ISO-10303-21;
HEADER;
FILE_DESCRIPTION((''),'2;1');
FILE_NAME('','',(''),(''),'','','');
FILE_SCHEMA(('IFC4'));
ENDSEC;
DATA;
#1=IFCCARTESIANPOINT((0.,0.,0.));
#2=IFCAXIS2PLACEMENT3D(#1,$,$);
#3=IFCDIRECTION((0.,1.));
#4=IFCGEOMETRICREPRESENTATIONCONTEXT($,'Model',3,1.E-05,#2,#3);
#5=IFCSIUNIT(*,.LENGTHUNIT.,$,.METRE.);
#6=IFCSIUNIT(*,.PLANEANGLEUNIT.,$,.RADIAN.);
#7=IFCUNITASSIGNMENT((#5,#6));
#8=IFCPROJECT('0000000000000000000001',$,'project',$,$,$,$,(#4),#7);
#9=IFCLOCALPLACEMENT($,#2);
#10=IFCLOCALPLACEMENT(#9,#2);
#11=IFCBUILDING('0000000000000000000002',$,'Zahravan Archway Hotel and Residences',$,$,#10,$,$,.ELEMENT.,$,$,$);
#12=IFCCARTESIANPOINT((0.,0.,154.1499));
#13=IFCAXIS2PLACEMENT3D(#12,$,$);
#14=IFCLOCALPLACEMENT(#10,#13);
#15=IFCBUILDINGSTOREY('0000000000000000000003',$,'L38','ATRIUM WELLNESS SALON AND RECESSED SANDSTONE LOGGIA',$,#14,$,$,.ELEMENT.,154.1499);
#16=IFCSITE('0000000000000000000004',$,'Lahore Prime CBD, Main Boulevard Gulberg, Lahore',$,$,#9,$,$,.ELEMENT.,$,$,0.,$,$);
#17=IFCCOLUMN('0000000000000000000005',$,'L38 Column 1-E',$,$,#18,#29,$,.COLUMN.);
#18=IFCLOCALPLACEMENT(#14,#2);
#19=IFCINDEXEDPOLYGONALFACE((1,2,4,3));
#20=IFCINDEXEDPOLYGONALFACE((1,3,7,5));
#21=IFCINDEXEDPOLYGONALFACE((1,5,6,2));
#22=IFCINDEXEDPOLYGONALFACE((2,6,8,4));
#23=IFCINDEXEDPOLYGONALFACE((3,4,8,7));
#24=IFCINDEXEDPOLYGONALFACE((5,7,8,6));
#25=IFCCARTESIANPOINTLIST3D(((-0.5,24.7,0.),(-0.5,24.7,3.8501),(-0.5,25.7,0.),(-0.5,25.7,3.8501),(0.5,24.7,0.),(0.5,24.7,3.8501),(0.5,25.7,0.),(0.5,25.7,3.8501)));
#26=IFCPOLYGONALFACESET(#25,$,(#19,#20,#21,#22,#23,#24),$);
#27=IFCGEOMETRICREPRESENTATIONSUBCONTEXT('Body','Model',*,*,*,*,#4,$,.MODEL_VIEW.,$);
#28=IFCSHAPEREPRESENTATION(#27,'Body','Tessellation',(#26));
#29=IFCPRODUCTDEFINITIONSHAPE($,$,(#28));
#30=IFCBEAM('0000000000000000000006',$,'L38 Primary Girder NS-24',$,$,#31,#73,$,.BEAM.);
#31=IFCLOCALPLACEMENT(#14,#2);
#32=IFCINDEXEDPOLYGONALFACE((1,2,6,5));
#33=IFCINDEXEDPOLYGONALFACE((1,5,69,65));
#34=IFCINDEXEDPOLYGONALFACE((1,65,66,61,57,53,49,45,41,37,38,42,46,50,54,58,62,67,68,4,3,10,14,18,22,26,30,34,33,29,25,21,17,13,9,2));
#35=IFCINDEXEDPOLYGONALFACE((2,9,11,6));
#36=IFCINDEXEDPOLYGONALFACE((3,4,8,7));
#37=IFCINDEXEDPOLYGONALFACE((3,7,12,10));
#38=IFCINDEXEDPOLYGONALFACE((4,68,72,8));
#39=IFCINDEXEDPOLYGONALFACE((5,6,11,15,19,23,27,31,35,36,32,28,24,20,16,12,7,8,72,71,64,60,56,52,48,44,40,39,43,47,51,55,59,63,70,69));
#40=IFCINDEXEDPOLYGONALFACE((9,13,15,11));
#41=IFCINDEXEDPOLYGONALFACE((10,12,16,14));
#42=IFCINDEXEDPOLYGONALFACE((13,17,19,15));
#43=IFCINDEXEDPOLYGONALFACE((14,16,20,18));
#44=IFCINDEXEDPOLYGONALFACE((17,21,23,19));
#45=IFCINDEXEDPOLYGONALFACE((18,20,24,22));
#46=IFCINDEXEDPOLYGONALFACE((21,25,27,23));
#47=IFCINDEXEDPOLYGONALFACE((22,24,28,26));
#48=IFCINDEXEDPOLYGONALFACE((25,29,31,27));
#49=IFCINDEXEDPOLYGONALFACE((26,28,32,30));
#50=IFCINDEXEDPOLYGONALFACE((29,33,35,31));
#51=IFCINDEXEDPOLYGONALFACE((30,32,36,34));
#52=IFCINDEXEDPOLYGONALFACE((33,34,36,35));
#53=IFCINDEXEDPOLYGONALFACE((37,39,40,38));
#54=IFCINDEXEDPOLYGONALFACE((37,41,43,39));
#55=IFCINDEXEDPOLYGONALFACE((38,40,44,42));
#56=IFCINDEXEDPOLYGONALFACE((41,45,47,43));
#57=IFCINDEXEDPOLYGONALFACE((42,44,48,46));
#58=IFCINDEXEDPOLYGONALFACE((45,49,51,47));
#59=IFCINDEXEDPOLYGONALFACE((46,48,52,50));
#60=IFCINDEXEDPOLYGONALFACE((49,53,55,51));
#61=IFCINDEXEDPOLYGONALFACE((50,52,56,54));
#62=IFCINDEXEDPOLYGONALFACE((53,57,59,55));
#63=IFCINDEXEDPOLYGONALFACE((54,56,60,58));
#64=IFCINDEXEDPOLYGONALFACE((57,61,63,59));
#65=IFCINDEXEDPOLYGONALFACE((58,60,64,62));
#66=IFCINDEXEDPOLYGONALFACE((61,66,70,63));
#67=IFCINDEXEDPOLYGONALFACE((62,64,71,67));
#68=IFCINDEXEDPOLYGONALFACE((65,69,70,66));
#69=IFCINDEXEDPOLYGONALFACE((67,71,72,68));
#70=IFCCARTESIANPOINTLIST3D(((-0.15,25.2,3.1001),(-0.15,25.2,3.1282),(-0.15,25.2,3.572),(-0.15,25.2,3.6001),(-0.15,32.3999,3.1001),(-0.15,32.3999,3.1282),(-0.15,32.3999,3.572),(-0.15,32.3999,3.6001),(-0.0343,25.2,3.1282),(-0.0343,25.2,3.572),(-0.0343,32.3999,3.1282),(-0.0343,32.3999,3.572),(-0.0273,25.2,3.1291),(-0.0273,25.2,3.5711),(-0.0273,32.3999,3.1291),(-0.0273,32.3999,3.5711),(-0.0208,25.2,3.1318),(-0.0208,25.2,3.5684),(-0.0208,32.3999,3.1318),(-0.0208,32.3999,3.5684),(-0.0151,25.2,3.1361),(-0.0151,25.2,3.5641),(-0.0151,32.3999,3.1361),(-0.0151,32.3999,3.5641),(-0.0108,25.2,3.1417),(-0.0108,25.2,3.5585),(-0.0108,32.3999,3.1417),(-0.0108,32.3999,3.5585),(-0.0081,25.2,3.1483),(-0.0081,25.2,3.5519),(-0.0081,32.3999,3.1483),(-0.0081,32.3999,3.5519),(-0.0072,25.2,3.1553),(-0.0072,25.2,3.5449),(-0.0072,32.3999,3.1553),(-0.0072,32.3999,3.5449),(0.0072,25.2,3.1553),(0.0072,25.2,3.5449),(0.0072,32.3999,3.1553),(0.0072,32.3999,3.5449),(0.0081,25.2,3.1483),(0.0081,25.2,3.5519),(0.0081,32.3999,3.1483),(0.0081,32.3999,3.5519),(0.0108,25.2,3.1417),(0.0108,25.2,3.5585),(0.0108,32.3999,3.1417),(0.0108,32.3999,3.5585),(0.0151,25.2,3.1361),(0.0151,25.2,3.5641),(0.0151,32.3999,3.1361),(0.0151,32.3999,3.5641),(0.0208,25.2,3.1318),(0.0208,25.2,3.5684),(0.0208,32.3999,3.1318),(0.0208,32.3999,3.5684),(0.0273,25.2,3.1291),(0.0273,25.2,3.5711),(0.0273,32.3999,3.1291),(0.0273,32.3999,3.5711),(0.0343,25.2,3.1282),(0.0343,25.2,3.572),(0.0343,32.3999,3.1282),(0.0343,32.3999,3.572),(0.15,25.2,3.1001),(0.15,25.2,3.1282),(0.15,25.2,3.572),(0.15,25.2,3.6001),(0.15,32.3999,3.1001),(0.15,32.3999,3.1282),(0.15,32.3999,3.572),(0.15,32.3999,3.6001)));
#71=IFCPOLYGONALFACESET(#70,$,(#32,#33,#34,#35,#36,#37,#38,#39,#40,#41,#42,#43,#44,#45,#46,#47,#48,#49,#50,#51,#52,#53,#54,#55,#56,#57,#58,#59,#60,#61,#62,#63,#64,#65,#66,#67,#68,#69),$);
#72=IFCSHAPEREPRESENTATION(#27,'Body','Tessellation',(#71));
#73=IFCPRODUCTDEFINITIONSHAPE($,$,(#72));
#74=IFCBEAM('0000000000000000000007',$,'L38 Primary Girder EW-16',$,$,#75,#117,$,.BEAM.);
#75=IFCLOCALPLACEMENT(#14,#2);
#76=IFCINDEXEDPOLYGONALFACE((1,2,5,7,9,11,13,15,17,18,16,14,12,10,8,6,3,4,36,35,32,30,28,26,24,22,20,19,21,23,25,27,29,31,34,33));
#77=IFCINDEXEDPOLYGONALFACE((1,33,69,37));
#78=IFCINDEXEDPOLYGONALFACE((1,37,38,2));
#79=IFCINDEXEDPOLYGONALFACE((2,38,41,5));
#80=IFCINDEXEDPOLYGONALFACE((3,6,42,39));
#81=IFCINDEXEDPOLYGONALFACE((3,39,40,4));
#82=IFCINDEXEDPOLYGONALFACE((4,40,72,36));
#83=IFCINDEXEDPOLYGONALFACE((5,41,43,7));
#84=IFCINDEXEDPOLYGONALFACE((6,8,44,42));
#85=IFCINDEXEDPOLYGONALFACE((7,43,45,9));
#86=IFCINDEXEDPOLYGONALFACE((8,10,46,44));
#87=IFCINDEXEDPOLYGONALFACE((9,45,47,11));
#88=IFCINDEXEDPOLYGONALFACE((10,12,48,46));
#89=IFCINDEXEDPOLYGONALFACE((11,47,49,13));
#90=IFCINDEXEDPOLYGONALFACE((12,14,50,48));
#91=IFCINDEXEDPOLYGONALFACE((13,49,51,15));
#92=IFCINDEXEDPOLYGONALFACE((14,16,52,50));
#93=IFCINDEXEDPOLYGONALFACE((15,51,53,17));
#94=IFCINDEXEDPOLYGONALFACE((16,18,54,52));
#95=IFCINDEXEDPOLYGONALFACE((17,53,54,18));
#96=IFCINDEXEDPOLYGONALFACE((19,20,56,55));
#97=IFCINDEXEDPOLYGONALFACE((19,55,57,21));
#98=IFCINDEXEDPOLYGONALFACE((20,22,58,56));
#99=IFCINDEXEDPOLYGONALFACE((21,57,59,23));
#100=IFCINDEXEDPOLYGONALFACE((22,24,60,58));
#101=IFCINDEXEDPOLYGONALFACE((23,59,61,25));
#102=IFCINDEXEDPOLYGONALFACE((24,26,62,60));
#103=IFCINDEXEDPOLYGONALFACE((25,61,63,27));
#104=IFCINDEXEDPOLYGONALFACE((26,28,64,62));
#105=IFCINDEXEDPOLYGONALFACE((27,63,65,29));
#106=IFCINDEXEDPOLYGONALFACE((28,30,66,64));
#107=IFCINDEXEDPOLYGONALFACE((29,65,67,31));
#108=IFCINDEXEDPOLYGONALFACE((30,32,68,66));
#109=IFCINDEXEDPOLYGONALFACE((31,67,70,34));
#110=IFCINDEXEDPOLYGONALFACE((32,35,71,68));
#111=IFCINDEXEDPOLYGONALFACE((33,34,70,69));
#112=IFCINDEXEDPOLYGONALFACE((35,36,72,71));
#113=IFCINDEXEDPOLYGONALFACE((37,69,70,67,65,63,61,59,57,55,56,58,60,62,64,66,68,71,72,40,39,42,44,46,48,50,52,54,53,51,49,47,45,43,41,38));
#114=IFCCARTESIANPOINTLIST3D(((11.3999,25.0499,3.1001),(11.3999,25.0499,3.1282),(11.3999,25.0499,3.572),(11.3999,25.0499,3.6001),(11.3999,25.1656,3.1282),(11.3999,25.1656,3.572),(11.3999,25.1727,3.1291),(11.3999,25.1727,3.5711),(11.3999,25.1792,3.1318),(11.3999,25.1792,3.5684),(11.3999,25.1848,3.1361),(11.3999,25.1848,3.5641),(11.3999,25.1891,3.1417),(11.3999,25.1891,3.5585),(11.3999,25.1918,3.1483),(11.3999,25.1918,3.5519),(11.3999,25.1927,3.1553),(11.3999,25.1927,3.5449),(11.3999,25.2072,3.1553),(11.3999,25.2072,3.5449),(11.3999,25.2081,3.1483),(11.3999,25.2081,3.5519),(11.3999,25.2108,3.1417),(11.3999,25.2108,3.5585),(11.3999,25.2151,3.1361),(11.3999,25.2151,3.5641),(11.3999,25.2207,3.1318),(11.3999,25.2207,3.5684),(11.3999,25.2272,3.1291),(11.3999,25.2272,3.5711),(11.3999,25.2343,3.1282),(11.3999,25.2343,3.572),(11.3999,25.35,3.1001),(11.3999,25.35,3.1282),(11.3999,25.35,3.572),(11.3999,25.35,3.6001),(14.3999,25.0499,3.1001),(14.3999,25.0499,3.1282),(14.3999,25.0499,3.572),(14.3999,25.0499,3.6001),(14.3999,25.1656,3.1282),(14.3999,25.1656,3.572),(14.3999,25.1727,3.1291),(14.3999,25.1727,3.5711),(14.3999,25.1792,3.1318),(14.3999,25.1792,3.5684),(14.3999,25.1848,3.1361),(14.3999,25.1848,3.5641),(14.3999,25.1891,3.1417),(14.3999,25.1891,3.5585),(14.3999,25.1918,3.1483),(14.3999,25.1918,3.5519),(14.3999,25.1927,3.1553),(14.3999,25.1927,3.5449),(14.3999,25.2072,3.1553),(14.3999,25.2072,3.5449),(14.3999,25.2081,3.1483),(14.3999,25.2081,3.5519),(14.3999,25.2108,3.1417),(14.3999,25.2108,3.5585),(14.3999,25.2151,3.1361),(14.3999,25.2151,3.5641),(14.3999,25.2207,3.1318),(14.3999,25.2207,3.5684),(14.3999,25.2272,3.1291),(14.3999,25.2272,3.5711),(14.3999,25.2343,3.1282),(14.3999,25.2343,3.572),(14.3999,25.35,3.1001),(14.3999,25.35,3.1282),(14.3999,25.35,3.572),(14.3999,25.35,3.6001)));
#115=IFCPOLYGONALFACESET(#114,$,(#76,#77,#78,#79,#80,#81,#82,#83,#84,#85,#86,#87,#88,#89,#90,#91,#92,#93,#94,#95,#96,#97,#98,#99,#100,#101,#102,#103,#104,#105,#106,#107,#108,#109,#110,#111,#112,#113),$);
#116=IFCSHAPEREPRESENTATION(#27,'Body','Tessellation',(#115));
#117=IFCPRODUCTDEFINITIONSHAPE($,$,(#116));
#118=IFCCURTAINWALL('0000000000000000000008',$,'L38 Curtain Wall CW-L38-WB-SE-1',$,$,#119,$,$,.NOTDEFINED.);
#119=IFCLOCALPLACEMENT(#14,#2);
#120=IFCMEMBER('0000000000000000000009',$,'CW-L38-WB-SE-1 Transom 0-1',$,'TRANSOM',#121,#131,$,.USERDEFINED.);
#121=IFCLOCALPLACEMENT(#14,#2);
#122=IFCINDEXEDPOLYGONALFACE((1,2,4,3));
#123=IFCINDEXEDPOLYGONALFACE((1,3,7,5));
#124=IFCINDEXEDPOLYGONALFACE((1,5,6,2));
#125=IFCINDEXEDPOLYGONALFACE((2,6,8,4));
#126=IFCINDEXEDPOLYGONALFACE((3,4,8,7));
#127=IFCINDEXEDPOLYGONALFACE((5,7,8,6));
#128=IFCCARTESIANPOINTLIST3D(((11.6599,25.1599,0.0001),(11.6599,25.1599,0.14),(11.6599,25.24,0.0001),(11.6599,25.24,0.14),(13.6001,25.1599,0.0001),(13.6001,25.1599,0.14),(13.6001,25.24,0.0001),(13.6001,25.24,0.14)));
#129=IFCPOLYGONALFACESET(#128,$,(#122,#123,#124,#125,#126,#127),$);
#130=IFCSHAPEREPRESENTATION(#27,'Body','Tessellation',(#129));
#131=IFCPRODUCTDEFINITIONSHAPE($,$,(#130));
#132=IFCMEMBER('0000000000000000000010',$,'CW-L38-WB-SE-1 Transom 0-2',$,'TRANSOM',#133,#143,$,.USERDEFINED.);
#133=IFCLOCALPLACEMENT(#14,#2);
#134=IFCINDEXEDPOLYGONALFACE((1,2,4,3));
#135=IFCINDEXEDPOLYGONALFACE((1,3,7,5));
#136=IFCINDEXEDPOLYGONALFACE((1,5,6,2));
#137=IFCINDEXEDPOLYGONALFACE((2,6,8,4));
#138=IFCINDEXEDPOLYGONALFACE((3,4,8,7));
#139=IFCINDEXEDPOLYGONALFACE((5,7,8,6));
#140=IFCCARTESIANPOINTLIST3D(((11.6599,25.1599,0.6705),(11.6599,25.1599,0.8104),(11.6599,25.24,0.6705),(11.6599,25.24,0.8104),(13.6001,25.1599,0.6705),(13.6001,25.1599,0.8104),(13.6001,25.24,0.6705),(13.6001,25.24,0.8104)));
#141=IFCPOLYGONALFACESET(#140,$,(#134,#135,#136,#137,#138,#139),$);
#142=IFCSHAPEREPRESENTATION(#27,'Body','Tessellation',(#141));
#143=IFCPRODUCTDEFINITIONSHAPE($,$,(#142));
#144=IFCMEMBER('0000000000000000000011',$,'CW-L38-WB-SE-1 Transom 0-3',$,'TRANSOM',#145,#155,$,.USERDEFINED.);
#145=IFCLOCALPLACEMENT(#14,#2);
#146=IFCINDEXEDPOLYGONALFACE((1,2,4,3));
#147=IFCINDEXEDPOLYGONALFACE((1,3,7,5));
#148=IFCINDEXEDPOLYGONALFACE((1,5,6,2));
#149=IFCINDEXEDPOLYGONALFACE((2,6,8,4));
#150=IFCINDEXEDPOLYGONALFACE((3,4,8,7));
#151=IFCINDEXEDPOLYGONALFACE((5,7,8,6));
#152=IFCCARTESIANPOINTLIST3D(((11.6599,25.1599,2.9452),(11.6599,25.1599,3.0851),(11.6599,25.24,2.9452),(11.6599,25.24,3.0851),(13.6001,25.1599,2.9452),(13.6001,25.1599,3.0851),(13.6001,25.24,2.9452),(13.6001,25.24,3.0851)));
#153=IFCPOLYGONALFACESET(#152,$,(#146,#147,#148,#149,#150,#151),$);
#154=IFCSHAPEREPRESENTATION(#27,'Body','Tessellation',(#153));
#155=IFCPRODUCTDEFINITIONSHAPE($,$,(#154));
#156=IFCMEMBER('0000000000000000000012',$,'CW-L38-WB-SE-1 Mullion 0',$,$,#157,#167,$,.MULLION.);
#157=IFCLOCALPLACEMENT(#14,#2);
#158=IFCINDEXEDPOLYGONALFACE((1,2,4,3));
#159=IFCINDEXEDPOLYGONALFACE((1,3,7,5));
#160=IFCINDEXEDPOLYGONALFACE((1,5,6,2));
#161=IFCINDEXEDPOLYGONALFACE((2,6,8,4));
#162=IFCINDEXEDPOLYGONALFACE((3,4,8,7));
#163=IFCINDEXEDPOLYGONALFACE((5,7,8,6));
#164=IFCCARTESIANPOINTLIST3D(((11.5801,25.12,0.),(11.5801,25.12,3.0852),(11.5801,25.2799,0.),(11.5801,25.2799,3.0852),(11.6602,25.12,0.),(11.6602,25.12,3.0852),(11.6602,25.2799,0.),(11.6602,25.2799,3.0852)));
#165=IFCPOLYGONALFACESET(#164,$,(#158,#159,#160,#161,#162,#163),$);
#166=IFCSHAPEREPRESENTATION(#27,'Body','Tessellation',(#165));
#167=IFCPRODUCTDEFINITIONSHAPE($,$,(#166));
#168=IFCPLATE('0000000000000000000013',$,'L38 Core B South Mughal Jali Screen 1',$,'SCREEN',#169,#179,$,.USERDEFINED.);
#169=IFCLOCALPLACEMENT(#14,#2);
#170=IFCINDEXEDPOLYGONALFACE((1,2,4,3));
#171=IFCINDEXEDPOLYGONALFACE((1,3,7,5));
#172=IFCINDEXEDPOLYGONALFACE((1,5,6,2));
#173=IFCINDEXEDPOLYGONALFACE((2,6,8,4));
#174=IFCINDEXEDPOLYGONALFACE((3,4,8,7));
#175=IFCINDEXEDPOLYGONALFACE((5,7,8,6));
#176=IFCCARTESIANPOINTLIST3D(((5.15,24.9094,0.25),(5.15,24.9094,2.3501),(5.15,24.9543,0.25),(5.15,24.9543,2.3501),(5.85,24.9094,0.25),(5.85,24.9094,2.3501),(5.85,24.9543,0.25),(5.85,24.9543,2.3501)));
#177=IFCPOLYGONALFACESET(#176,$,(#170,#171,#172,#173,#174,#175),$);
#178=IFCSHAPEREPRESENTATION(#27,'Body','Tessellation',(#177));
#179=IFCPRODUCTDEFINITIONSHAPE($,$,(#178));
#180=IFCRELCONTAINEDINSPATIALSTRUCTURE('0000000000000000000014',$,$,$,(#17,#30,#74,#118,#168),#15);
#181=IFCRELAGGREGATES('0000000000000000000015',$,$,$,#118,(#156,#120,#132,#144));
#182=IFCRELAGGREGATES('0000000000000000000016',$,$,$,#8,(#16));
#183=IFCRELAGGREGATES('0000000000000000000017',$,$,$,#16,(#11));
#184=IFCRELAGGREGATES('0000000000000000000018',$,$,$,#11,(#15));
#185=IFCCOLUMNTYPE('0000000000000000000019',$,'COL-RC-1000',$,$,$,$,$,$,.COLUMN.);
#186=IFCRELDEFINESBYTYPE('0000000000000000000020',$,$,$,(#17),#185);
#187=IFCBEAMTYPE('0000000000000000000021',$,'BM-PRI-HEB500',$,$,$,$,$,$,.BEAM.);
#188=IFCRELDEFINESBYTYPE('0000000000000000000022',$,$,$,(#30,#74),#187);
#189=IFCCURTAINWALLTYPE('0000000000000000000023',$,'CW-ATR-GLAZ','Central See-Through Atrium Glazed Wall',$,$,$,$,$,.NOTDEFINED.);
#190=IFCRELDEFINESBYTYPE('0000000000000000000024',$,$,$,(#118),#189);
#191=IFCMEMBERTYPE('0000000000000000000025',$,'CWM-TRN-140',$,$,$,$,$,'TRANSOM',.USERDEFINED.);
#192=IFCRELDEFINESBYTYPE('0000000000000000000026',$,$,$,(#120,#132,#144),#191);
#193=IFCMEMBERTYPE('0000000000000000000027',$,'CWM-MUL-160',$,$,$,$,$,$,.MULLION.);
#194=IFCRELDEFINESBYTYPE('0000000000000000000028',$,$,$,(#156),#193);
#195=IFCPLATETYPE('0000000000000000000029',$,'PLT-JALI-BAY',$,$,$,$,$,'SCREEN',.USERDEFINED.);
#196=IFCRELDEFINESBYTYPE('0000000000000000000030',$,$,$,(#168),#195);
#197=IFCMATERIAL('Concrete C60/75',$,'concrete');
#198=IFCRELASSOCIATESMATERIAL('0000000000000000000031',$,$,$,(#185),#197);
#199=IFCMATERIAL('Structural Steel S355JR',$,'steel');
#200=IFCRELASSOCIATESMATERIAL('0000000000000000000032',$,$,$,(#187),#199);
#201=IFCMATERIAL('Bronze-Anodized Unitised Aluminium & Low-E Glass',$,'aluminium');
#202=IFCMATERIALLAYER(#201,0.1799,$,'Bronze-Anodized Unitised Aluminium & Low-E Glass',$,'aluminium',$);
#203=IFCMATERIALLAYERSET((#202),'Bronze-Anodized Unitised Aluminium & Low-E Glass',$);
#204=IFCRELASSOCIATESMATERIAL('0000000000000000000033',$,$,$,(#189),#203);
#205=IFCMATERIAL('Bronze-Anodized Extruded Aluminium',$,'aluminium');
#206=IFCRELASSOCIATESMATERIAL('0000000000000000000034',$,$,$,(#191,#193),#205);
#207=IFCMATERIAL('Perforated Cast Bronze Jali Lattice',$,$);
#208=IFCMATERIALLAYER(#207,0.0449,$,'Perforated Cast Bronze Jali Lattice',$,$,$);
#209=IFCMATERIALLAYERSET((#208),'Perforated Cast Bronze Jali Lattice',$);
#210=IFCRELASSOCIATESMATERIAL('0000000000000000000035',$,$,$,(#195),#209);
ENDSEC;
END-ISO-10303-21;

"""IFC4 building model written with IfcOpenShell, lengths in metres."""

from ifc_helpers import new_model, si_unit, direction, frame, origin, origin_2d, place, context, subcontext, project, spatial, rectangle, i_section, extrude, source, transform, mapped, material, layer, layer_set, material_profile, profile_set, type_object, type_shapes, element, aggregate, save


model = new_model("IFC4")

# Units and contexts
model_context = context("Model", 3, precision=1e-05, world=origin(), true_north=direction((0.0, 1.0)))
body_context = subcontext(model_context, "Body", "Model", "MODEL_VIEW")
ifc_project = project(units=[si_unit("LENGTHUNIT", "METRE"), si_unit("PLANEANGLEUNIT", "RADIAN")], contexts=[model_context])

# Site, building, storey
site_placement = place(None, origin())
site = spatial("IfcSite", under=ifc_project, at=site_placement, Name="Lahore Prime CBD, Main Boulevard Gulberg, Lahore", CompositionType="ELEMENT", RefElevation=0.0)
building_placement = place(site_placement, origin())
building = spatial("IfcBuilding", under=site, at=building_placement, Name="Zahravan Archway Hotel and Residences", CompositionType="ELEMENT")
storey_placement = place(building_placement, frame((0.0, 0.0, 154.1499)))
storey = spatial("IfcBuildingStorey", under=building, at=storey_placement, Name="L38", Description="ATRIUM WELLNESS SALON AND RECESSED SANDSTONE LOGGIA", CompositionType="ELEMENT", Elevation=154.1499)

# Column
ifc_material_1 = material(Name="Concrete C60/75", Category="concrete")
ifc_material_profile_1 = material_profile(ifc_material_1, rectangle(XDim=1.0, YDim=1.0, at=origin_2d()), Name="RC-COL-1000x1000", Category="concrete")
ifc_profile_set_1 = profile_set([ifc_material_profile_1], Name="Concrete C60/75")
column_type = type_object("IfcColumnType", Name="COL-RC-1000", PredefinedType="COLUMN", material=ifc_profile_set_1)
shared_shape_1 = source(origin(), body_context, "Body", "SweptSolid", [
    extrude(rectangle(XDim=1.0, YDim=1.0, at=origin_2d()), origin(), (0.0, 0.0, 1.0), 3.8501),
])
column_placement = place(storey_placement, frame((0.0, 25.2, 0.0), z_axis=(0.0, 0.0, 1.0), x_axis=(1.0, 0.0, 0.0)))
element("IfcColumn", 1, at=column_placement, inside=storey, type_object=column_type, Name="L38 Column 1-E", PredefinedType="COLUMN", context=body_context, shape_type="MappedRepresentation", body=[
    mapped(shared_shape_1, transform((0.0, 0.0, 0.0), scale=1.0)),
])

# Beams
ifc_material_2 = material(Name="Structural Steel S355JR", Category="steel")
ifc_material_profile_2 = material_profile(ifc_material_2, i_section(OverallWidth=0.3, OverallDepth=0.5, WebThickness=0.0144, FlangeThickness=0.0281, FilletRadius=0.0271, at=origin_2d()), Name="HEB 500", Category="steel")
ifc_profile_set_2 = profile_set([ifc_material_profile_2], Name="Structural Steel S355JR")
beam_type = type_object("IfcBeamType", Name="BM-PRI-HEB500", PredefinedType="BEAM", material=ifc_profile_set_2)
shared_shape_2 = source(origin(), body_context, "Body", "SweptSolid", [
    extrude(i_section(OverallWidth=0.3, OverallDepth=0.5, WebThickness=0.0144, FlangeThickness=0.0281, FilletRadius=0.0271, at=origin_2d()), origin(), (0.0, 0.0, 1.0), 7.2),
])
beam_1_placement = place(storey_placement, frame((0.0, 25.2, 3.3501), z_axis=(0.0, 1.0, 0.0), x_axis=(-1.0, 0.0, 0.0)))
element("IfcBeam", 2, at=beam_1_placement, inside=storey, type_object=beam_type, Name="L38 Primary Girder NS-24", PredefinedType="BEAM", context=body_context, shape_type="MappedRepresentation", body=[
    mapped(shared_shape_2, transform((0.0, 0.0, 0.0), scale=1.0)),
])
shared_shape_3 = source(origin(), body_context, "Body", "SweptSolid", [
    extrude(i_section(OverallWidth=0.3, OverallDepth=0.5, WebThickness=0.0144, FlangeThickness=0.0281, FilletRadius=0.0271, at=origin_2d()), origin(), (0.0, 0.0, 1.0), 3.0),
])
beam_2_placement = place(storey_placement, frame((11.3999, 25.2, 3.3501), z_axis=(1.0, 0.0, 0.0), x_axis=(0.0, 1.0, 0.0)))
element("IfcBeam", 3, at=beam_2_placement, inside=storey, type_object=beam_type, Name="L38 Primary Girder EW-16", PredefinedType="BEAM", context=body_context, shape_type="MappedRepresentation", body=[
    mapped(shared_shape_3, transform((0.0, 0.0, 0.0), scale=1.0)),
])

# Curtain wall, members
ifc_material_3 = material(Name="Bronze-Anodized Unitised Aluminium & Low-E Glass", Category="aluminium")
ifc_layer_1 = layer(ifc_material_3, 0.1799, Name="Bronze-Anodized Unitised Aluminium & Low-E Glass", Category="aluminium")
ifc_layer_set_1 = layer_set([ifc_layer_1], Name="Bronze-Anodized Unitised Aluminium & Low-E Glass")
curtain_wall_type = type_object("IfcCurtainWallType", Name="CW-ATR-GLAZ", Description="Central See-Through Atrium Glazed Wall", PredefinedType="NOTDEFINED", material=ifc_layer_set_1)
curtain_wall_placement = place(storey_placement, origin())
curtain_wall = element("IfcCurtainWall", 4, at=curtain_wall_placement, inside=storey, type_object=curtain_wall_type, Name="L38 Curtain Wall CW-L38-WB-SE-1", PredefinedType="NOTDEFINED")
ifc_material_4 = material(Name="Bronze-Anodized Extruded Aluminium", Category="aluminium")
ifc_material_profile_3 = material_profile(ifc_material_4, rectangle(XDim=0.0801, YDim=0.1399, at=origin_2d()), Name="TRN 80x140", Category="aluminium")
ifc_profile_set_3 = profile_set([ifc_material_profile_3], Name="Bronze-Anodized Extruded Aluminium")
member_type_1 = type_object("IfcMemberType", Name="CWM-TRN-140", ElementType="TRANSOM", PredefinedType="USERDEFINED", material=ifc_profile_set_3)
shared_shape_4 = source(origin(), body_context, "Body", "SweptSolid", [
    extrude(rectangle(XDim=0.0801, YDim=0.1399, at=origin_2d()), origin(), (0.0, 0.0, 1.0), 1.9402),
])
member_1_placement = place(storey_placement, frame((11.6599, 25.2, 0.0701), z_axis=(1.0, 0.0, 0.0), x_axis=(0.0, 1.0, 0.0)))
member_1 = element("IfcMember", 5, at=member_1_placement, type_object=member_type_1, Name="CW-L38-WB-SE-1 Transom 0-1", ObjectType="TRANSOM", PredefinedType="USERDEFINED", context=body_context, shape_type="MappedRepresentation", body=[
    mapped(shared_shape_4, transform((0.0, 0.0, 0.0), scale=1.0)),
])
member_2_placement = place(storey_placement, frame((11.6599, 25.2, 0.7405), z_axis=(1.0, 0.0, 0.0), x_axis=(0.0, 1.0, 0.0)))
member_2 = element("IfcMember", 6, at=member_2_placement, type_object=member_type_1, Name="CW-L38-WB-SE-1 Transom 0-2", ObjectType="TRANSOM", PredefinedType="USERDEFINED", context=body_context, shape_type="MappedRepresentation", body=[
    mapped(shared_shape_4, transform((0.0, 0.0, 0.0), scale=1.0)),
])
member_3_placement = place(storey_placement, frame((11.6599, 25.2, 3.0151), z_axis=(1.0, 0.0, 0.0), x_axis=(0.0, 1.0, 0.0)))
member_3 = element("IfcMember", 7, at=member_3_placement, type_object=member_type_1, Name="CW-L38-WB-SE-1 Transom 0-3", ObjectType="TRANSOM", PredefinedType="USERDEFINED", context=body_context, shape_type="MappedRepresentation", body=[
    mapped(shared_shape_4, transform((0.0, 0.0, 0.0), scale=1.0)),
])
ifc_material_profile_4 = material_profile(ifc_material_4, rectangle(XDim=0.0801, YDim=0.1599, at=origin_2d()), Name="MUL 80x160", Category="aluminium")
ifc_profile_set_4 = profile_set([ifc_material_profile_4], Name="Bronze-Anodized Extruded Aluminium")
member_type_2 = type_object("IfcMemberType", Name="CWM-MUL-160", PredefinedType="MULLION", material=ifc_profile_set_4)
shared_shape_5 = source(origin(), body_context, "Body", "SweptSolid", [
    extrude(rectangle(XDim=0.0801, YDim=0.1599, at=origin_2d()), origin(), (0.0, 0.0, 1.0), 3.0852),
])
member_4_placement = place(storey_placement, frame((11.6201, 25.2, 0.0), z_axis=(0.0, 0.0, 1.0), x_axis=(1.0, 0.0, 0.0)))
member_4 = element("IfcMember", 8, at=member_4_placement, type_object=member_type_2, Name="CW-L38-WB-SE-1 Mullion 0", PredefinedType="MULLION", context=body_context, shape_type="MappedRepresentation", body=[
    mapped(shared_shape_5, transform((0.0, 0.0, 0.0), scale=1.0)),
])
aggregate(curtain_wall, [member_4, member_1, member_2, member_3])

# Plate
ifc_material_5 = material(Name="Perforated Cast Bronze Jali Lattice")
ifc_layer_2 = layer(ifc_material_5, 0.0449, Name="Perforated Cast Bronze Jali Lattice")
ifc_layer_set_2 = layer_set([ifc_layer_2], Name="Perforated Cast Bronze Jali Lattice")
plate_type = type_object("IfcPlateType", Name="PLT-JALI-BAY", ElementType="SCREEN", PredefinedType="USERDEFINED", material=ifc_layer_set_2)
shared_shape_6 = source(origin(), body_context, "Body", "SweptSolid", [
    extrude(rectangle(XDim=0.7, YDim=0.0449, at=origin_2d()), origin(), (0.0, 0.0, 1.0), 2.1001),
])
type_shapes(plate_type, [shared_shape_6])
for number, where, z_axis, x_axis, name in (
    (9, (5.5, 24.9319, 0.25), (0.0, 0.0, 1.0), (1.0, 0.0, 0.0), "L38 Core B South Mughal Jali Screen 1"),
):
    element("IfcPlate", number, at=place(storey_placement, frame(where, z_axis=z_axis, x_axis=x_axis)), inside=storey, type_object=plate_type, Name=name, ObjectType="SCREEN", PredefinedType="USERDEFINED", context=body_context, shape_type="MappedRepresentation", body=[
        mapped(shared_shape_6, transform((0.0, 0.0, 0.0), scale=1.0)),
    ])

save(model, "model.ifc")
